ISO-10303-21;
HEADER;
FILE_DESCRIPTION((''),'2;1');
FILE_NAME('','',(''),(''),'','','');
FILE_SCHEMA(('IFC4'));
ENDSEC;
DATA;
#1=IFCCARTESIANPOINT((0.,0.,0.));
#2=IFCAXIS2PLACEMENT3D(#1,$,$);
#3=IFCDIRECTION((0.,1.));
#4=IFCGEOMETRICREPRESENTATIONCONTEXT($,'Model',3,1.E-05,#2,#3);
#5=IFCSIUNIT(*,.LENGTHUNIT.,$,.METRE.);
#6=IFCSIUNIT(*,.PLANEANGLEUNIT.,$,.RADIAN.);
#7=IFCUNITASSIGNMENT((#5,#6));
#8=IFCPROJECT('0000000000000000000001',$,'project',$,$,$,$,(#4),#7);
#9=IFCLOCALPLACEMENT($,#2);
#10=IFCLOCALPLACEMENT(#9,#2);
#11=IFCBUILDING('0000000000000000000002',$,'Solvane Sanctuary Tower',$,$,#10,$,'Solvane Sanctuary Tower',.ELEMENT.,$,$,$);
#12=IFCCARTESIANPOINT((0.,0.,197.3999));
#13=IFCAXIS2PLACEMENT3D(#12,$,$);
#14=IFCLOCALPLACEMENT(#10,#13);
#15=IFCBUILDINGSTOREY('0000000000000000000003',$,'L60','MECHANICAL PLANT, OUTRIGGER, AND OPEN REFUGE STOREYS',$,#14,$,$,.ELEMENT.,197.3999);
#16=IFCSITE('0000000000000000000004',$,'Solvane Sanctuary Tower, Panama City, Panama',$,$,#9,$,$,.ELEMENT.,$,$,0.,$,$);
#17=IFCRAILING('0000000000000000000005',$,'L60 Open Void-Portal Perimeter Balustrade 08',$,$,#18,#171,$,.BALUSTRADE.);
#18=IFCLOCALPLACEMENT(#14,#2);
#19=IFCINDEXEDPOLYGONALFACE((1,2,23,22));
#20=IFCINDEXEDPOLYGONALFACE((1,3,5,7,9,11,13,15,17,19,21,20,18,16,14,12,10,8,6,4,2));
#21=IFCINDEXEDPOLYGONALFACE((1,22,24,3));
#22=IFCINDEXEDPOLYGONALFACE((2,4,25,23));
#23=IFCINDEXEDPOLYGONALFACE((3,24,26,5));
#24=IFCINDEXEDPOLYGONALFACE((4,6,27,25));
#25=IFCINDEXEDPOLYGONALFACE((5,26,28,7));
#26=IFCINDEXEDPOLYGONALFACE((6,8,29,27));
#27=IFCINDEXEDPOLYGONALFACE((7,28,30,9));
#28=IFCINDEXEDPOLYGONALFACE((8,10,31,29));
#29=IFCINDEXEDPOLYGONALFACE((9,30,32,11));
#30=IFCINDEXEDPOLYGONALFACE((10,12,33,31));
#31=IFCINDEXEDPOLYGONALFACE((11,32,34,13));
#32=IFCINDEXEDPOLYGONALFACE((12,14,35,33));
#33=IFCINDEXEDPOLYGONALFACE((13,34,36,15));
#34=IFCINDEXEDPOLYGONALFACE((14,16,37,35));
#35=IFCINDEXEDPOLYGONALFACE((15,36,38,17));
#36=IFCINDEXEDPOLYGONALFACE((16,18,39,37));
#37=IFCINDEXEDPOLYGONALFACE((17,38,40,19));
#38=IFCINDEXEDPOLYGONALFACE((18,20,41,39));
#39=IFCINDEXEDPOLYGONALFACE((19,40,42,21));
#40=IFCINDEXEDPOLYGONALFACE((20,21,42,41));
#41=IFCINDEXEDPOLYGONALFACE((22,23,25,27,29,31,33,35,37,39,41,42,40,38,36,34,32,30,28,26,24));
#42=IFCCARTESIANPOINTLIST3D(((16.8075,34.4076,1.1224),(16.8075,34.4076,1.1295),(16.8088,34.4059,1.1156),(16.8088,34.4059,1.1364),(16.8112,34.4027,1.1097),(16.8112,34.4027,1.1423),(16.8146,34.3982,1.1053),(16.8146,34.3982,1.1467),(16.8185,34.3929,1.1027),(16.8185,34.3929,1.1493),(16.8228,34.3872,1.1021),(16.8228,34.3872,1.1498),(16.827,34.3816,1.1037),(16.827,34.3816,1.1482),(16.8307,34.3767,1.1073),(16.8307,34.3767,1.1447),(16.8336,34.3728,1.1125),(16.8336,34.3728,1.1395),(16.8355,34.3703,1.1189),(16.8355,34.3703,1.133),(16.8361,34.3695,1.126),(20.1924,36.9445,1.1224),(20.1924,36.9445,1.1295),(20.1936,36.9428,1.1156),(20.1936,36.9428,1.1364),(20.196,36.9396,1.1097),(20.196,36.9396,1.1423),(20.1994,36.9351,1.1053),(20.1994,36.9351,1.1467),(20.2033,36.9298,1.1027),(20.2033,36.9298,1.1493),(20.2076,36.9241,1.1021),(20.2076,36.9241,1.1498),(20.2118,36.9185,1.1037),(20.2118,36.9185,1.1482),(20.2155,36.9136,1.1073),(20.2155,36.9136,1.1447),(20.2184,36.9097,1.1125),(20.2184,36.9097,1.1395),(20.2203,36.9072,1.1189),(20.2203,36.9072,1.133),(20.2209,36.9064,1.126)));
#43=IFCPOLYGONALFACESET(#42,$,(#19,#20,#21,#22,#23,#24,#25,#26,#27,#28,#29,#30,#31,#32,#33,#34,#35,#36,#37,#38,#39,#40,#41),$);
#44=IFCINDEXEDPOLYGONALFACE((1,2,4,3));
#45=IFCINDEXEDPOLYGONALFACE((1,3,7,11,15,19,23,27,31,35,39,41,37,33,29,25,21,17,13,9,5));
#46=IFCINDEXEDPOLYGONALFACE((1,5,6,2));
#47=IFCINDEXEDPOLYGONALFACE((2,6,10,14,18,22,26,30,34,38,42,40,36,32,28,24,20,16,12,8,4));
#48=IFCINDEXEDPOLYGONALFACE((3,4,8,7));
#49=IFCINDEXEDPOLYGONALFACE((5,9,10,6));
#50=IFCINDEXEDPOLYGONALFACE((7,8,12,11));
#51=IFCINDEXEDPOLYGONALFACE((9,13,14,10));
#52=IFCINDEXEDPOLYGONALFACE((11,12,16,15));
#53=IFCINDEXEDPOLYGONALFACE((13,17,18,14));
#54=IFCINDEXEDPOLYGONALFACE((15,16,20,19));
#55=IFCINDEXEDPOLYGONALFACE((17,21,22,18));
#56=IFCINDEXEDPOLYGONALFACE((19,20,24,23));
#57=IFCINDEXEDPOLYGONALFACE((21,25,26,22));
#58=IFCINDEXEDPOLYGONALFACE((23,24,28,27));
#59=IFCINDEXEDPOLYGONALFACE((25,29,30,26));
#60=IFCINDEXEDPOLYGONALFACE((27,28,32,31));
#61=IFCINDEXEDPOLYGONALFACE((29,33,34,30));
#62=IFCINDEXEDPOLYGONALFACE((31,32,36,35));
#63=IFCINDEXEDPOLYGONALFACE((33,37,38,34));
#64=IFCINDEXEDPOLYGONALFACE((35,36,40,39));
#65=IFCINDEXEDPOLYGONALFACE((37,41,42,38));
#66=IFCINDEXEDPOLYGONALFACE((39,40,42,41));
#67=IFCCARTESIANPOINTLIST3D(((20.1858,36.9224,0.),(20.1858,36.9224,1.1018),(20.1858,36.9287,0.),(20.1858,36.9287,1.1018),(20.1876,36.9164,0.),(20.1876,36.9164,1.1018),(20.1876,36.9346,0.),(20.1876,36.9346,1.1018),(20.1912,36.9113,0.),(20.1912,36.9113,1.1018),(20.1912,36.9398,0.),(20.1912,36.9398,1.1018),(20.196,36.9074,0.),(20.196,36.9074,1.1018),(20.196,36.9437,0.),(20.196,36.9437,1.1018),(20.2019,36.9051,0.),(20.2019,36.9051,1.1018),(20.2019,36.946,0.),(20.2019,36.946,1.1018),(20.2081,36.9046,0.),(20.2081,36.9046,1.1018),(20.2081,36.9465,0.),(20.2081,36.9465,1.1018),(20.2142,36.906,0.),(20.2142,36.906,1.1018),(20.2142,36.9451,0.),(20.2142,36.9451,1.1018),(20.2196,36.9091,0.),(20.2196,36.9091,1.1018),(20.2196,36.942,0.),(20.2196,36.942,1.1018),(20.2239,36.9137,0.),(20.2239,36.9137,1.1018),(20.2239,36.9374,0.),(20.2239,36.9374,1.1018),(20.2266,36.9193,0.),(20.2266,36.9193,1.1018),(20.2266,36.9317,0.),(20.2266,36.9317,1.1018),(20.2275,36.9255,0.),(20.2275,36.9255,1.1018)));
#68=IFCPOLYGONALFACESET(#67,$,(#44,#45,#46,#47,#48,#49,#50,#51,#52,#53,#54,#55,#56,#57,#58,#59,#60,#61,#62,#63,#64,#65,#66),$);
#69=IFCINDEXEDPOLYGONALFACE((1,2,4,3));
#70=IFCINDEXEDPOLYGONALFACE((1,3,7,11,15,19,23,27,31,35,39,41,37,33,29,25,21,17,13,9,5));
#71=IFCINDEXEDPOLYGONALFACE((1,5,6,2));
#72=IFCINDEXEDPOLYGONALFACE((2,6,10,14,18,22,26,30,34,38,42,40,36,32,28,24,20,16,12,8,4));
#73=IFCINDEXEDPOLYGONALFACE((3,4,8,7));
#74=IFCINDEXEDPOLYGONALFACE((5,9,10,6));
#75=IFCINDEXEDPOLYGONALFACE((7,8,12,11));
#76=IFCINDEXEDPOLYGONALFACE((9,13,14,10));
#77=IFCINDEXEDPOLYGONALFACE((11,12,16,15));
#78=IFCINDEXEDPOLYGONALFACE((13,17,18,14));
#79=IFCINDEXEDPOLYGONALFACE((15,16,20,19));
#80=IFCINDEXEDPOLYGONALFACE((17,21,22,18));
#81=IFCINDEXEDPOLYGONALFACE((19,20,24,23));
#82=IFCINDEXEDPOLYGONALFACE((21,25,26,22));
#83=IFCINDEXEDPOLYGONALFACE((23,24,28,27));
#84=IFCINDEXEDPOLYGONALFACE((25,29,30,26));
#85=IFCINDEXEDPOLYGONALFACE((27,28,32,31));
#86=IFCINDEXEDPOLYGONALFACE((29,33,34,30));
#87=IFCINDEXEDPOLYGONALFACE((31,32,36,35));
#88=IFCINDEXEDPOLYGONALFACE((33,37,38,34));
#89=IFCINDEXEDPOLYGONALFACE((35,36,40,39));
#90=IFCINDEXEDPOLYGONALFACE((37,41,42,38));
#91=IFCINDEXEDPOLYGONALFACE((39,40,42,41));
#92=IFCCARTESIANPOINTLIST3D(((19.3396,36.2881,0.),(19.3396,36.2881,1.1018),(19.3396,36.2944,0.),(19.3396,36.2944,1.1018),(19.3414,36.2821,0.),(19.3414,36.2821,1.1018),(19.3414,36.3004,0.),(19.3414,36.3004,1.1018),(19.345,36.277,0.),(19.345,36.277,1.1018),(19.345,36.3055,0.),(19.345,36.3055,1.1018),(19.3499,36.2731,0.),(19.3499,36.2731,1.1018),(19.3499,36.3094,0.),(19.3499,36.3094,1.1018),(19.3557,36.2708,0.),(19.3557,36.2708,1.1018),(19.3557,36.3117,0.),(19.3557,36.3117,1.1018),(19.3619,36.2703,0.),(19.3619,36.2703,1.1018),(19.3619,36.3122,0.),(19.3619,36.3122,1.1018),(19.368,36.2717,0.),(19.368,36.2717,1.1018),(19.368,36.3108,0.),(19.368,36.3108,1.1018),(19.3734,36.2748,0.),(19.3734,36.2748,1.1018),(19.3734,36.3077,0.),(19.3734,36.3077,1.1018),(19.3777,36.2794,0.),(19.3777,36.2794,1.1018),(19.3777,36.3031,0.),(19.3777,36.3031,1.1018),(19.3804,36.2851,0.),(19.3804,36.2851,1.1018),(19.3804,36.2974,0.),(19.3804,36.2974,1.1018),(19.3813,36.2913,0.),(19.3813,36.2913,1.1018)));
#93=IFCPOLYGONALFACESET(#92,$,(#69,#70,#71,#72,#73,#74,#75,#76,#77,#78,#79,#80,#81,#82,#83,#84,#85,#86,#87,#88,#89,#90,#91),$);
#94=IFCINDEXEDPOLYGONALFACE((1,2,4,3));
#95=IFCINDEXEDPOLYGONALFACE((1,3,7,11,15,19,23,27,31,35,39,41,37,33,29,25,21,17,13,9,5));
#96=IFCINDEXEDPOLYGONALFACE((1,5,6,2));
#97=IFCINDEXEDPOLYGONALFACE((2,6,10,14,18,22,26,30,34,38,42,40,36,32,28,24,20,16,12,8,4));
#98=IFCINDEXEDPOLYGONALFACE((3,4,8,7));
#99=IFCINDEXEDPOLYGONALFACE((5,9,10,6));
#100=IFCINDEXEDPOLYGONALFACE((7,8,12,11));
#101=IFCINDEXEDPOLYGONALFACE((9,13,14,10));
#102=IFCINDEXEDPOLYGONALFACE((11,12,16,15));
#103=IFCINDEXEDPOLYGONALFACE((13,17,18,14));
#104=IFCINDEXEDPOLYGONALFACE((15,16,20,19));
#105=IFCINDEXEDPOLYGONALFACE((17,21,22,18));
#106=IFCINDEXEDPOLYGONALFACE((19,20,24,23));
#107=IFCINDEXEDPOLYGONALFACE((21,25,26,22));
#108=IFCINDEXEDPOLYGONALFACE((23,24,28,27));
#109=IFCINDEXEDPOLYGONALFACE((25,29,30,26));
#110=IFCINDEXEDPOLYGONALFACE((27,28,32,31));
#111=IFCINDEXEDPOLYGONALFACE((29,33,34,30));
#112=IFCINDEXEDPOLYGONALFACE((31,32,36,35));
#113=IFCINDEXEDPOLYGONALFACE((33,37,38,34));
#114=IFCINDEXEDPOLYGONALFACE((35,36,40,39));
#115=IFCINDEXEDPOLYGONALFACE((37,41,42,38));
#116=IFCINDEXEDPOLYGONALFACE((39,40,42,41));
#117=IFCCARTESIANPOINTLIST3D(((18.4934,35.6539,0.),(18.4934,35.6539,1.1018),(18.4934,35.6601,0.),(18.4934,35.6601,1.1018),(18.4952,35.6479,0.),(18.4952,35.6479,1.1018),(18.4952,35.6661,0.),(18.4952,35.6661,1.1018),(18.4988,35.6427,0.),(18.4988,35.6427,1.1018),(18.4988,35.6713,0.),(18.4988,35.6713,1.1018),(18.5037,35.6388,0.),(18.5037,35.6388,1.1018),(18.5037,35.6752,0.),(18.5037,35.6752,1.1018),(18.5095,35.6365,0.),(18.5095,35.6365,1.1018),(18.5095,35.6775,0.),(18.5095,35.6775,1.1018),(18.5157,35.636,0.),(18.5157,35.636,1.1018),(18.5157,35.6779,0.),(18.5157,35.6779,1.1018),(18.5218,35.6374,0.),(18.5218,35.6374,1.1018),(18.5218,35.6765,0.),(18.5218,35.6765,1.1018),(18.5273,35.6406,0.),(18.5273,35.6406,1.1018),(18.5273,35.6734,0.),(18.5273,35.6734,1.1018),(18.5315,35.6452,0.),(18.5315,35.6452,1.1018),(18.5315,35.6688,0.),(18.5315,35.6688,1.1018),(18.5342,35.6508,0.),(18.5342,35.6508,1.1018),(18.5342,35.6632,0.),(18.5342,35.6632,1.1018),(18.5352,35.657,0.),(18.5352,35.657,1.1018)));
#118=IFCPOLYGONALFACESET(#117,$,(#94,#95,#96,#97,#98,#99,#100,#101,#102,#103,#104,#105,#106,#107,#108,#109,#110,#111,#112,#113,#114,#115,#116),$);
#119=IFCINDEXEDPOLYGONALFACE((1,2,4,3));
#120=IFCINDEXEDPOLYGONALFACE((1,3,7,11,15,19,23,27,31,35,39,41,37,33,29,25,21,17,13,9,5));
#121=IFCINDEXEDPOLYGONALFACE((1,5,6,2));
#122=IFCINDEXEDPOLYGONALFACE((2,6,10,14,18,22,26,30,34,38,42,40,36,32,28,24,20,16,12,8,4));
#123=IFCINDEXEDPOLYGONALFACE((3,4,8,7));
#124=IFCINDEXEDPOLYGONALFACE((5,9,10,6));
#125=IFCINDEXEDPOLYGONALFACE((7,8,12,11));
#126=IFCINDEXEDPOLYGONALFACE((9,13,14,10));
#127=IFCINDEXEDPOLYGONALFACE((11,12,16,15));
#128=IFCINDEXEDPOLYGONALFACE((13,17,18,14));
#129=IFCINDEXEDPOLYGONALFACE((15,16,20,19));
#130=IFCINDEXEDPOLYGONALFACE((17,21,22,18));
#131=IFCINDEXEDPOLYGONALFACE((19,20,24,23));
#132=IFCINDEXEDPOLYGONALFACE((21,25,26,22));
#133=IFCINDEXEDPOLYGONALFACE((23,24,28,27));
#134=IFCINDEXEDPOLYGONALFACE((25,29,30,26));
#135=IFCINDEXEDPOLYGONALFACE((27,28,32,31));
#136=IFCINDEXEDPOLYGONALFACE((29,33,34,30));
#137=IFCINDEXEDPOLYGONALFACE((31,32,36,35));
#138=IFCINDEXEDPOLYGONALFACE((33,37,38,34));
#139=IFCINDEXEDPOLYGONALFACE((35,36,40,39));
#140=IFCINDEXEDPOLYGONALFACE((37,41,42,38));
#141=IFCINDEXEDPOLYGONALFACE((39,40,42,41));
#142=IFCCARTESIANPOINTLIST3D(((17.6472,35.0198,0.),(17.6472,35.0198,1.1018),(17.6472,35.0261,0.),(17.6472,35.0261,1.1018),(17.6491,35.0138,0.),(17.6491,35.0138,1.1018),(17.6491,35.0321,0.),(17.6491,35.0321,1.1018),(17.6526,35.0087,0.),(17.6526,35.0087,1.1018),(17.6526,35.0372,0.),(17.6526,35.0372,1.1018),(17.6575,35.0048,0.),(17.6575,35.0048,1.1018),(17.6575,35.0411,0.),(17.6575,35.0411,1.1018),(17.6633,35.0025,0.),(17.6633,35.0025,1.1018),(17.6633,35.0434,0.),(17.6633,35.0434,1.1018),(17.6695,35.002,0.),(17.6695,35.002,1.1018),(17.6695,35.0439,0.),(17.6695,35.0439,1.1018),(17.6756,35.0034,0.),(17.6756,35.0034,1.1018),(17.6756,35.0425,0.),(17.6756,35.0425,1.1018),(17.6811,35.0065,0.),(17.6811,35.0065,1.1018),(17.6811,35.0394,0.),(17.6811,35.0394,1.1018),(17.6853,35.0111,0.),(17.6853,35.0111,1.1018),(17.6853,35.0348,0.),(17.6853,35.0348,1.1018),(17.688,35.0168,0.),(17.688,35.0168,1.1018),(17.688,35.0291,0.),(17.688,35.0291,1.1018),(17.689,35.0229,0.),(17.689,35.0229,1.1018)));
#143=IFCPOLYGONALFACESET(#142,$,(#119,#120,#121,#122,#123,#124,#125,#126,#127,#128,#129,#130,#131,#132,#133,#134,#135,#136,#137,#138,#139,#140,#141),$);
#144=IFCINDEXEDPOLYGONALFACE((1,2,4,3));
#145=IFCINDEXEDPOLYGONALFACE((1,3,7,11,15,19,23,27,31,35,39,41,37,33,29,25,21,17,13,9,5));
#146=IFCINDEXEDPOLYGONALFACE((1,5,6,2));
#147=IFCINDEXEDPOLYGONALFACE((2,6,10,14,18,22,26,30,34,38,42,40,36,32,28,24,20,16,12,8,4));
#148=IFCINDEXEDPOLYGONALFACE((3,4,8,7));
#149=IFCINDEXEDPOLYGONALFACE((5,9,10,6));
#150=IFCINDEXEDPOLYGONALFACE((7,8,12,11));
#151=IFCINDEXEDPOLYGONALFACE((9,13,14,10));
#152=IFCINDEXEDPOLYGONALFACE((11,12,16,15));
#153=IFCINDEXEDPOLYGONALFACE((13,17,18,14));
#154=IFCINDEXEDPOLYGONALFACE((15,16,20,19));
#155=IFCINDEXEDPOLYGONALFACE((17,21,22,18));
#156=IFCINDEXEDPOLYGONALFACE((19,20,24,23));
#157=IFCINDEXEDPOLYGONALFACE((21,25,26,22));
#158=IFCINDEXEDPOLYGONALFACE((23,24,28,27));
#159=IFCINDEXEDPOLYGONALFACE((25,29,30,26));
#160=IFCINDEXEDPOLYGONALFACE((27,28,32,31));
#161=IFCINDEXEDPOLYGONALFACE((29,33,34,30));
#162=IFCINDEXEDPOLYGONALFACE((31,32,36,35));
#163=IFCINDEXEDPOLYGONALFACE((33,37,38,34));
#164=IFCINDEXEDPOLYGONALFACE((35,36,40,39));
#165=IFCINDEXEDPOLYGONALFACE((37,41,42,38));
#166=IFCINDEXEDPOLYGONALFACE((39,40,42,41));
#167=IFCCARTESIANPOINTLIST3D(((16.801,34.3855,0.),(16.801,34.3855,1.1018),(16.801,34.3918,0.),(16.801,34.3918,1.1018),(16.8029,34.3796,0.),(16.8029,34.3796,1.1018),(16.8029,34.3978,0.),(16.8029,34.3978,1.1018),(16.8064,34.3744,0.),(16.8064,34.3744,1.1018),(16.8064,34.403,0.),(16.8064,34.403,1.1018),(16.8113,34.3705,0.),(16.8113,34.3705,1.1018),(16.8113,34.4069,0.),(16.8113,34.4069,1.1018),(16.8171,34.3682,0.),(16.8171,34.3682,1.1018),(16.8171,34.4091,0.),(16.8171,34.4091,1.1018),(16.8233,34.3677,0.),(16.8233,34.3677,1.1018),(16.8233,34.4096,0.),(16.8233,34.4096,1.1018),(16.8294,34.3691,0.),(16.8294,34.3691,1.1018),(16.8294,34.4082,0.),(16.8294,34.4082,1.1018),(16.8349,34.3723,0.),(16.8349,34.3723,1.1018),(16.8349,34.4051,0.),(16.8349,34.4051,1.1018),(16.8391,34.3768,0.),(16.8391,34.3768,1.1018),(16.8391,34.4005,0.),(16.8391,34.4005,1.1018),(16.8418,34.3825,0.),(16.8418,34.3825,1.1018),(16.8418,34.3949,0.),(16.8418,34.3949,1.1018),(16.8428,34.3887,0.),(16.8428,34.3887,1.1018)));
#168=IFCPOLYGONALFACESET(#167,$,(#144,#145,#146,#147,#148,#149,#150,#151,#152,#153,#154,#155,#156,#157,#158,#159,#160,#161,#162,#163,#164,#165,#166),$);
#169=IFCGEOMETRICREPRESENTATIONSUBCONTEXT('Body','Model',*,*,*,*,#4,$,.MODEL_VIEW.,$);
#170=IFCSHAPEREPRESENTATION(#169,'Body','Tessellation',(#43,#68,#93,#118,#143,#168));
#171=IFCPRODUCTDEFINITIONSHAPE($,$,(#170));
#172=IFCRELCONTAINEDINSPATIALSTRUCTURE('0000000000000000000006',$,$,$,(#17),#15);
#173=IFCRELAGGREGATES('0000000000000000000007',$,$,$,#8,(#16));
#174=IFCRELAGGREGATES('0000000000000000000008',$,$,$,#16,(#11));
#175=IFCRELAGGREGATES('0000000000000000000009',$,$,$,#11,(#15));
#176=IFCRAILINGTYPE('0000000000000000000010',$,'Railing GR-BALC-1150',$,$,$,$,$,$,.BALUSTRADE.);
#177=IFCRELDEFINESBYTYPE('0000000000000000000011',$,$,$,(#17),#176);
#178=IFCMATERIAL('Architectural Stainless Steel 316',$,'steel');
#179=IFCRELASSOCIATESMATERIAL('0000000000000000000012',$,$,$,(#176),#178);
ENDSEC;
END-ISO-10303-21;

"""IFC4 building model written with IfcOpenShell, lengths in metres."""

from ifc_helpers import new_model, si_unit, direction, frame, origin, origin_2d, place, context, subcontext, project, spatial, circle, extrude, material, type_object, element, save


model = new_model("IFC4")

# Units and contexts
model_context = context("Model", 3, precision=1e-05, world=origin(), true_north=direction((0.0, 1.0)))
body_context = subcontext(model_context, "Body", "Model", "MODEL_VIEW")
ifc_project = project(units=[si_unit("LENGTHUNIT", "METRE"), si_unit("PLANEANGLEUNIT", "RADIAN")], contexts=[model_context])

# Site, building, storey
site_placement = place(None, origin())
site = spatial("IfcSite", under=ifc_project, at=site_placement, Name="Solvane Sanctuary Tower, Panama City, Panama", CompositionType="ELEMENT", RefElevation=0.0)
building_placement = place(site_placement, origin())
building = spatial("IfcBuilding", under=site, at=building_placement, Name="Solvane Sanctuary Tower", LongName="Solvane Sanctuary Tower", CompositionType="ELEMENT")
storey_placement = place(building_placement, frame((0.0, 0.0, 197.3999)))
storey = spatial("IfcBuildingStorey", under=building, at=storey_placement, Name="L60", Description="MECHANICAL PLANT, OUTRIGGER, AND OPEN REFUGE STOREYS", CompositionType="ELEMENT", Elevation=197.3999)

# Shared definitions
ifc_material_1 = material(Name="Architectural Stainless Steel 316", Category="steel")

# Railing
railing_type_1 = type_object("IfcRailingType", Name="Railing GR-BALC-1150", PredefinedType="BALUSTRADE", material=ifc_material_1)
railing_1_placement = place(storey_placement, frame((20.2065, 36.9255, 0.0)))
element("IfcRailing", 1, at=railing_1_placement, inside=storey, type_object=railing_type_1, Name="L60 Open Void-Portal Perimeter Balustrade 08", PredefinedType="BALUSTRADE", context=body_context, shape_type="SweptSolid", body=[
    extrude(circle(Radius=0.0239, at=origin_2d()), frame((0.0, 0.0, 1.126), z_axis=(-0.800194, -0.599741, 0.0), x_axis=(0.599741, -0.800194, 0.0)), (0.0, 0.0, 1.0), 4.23),
    extrude(circle(Radius=0.021, at=origin_2d()), origin(), (0.0, 0.0, 1.0), 1.1018),
    extrude(circle(Radius=0.021, at=origin_2d()), frame((-0.8462, -0.6343, 0.0)), (0.0, 0.0, 1.0), 1.1018),
    extrude(circle(Radius=0.021, at=origin_2d()), frame((-1.6924, -1.2686, 0.0)), (0.0, 0.0, 1.0), 1.1018),
    extrude(circle(Radius=0.021, at=origin_2d()), frame((-2.5386, -1.9026, 0.0)), (0.0, 0.0, 1.0), 1.1018),
    extrude(circle(Radius=0.021, at=origin_2d()), frame((-3.3848, -2.5369, 0.0)), (0.0, 0.0, 1.0), 1.1018),
])

save(model, "model.ifc")
